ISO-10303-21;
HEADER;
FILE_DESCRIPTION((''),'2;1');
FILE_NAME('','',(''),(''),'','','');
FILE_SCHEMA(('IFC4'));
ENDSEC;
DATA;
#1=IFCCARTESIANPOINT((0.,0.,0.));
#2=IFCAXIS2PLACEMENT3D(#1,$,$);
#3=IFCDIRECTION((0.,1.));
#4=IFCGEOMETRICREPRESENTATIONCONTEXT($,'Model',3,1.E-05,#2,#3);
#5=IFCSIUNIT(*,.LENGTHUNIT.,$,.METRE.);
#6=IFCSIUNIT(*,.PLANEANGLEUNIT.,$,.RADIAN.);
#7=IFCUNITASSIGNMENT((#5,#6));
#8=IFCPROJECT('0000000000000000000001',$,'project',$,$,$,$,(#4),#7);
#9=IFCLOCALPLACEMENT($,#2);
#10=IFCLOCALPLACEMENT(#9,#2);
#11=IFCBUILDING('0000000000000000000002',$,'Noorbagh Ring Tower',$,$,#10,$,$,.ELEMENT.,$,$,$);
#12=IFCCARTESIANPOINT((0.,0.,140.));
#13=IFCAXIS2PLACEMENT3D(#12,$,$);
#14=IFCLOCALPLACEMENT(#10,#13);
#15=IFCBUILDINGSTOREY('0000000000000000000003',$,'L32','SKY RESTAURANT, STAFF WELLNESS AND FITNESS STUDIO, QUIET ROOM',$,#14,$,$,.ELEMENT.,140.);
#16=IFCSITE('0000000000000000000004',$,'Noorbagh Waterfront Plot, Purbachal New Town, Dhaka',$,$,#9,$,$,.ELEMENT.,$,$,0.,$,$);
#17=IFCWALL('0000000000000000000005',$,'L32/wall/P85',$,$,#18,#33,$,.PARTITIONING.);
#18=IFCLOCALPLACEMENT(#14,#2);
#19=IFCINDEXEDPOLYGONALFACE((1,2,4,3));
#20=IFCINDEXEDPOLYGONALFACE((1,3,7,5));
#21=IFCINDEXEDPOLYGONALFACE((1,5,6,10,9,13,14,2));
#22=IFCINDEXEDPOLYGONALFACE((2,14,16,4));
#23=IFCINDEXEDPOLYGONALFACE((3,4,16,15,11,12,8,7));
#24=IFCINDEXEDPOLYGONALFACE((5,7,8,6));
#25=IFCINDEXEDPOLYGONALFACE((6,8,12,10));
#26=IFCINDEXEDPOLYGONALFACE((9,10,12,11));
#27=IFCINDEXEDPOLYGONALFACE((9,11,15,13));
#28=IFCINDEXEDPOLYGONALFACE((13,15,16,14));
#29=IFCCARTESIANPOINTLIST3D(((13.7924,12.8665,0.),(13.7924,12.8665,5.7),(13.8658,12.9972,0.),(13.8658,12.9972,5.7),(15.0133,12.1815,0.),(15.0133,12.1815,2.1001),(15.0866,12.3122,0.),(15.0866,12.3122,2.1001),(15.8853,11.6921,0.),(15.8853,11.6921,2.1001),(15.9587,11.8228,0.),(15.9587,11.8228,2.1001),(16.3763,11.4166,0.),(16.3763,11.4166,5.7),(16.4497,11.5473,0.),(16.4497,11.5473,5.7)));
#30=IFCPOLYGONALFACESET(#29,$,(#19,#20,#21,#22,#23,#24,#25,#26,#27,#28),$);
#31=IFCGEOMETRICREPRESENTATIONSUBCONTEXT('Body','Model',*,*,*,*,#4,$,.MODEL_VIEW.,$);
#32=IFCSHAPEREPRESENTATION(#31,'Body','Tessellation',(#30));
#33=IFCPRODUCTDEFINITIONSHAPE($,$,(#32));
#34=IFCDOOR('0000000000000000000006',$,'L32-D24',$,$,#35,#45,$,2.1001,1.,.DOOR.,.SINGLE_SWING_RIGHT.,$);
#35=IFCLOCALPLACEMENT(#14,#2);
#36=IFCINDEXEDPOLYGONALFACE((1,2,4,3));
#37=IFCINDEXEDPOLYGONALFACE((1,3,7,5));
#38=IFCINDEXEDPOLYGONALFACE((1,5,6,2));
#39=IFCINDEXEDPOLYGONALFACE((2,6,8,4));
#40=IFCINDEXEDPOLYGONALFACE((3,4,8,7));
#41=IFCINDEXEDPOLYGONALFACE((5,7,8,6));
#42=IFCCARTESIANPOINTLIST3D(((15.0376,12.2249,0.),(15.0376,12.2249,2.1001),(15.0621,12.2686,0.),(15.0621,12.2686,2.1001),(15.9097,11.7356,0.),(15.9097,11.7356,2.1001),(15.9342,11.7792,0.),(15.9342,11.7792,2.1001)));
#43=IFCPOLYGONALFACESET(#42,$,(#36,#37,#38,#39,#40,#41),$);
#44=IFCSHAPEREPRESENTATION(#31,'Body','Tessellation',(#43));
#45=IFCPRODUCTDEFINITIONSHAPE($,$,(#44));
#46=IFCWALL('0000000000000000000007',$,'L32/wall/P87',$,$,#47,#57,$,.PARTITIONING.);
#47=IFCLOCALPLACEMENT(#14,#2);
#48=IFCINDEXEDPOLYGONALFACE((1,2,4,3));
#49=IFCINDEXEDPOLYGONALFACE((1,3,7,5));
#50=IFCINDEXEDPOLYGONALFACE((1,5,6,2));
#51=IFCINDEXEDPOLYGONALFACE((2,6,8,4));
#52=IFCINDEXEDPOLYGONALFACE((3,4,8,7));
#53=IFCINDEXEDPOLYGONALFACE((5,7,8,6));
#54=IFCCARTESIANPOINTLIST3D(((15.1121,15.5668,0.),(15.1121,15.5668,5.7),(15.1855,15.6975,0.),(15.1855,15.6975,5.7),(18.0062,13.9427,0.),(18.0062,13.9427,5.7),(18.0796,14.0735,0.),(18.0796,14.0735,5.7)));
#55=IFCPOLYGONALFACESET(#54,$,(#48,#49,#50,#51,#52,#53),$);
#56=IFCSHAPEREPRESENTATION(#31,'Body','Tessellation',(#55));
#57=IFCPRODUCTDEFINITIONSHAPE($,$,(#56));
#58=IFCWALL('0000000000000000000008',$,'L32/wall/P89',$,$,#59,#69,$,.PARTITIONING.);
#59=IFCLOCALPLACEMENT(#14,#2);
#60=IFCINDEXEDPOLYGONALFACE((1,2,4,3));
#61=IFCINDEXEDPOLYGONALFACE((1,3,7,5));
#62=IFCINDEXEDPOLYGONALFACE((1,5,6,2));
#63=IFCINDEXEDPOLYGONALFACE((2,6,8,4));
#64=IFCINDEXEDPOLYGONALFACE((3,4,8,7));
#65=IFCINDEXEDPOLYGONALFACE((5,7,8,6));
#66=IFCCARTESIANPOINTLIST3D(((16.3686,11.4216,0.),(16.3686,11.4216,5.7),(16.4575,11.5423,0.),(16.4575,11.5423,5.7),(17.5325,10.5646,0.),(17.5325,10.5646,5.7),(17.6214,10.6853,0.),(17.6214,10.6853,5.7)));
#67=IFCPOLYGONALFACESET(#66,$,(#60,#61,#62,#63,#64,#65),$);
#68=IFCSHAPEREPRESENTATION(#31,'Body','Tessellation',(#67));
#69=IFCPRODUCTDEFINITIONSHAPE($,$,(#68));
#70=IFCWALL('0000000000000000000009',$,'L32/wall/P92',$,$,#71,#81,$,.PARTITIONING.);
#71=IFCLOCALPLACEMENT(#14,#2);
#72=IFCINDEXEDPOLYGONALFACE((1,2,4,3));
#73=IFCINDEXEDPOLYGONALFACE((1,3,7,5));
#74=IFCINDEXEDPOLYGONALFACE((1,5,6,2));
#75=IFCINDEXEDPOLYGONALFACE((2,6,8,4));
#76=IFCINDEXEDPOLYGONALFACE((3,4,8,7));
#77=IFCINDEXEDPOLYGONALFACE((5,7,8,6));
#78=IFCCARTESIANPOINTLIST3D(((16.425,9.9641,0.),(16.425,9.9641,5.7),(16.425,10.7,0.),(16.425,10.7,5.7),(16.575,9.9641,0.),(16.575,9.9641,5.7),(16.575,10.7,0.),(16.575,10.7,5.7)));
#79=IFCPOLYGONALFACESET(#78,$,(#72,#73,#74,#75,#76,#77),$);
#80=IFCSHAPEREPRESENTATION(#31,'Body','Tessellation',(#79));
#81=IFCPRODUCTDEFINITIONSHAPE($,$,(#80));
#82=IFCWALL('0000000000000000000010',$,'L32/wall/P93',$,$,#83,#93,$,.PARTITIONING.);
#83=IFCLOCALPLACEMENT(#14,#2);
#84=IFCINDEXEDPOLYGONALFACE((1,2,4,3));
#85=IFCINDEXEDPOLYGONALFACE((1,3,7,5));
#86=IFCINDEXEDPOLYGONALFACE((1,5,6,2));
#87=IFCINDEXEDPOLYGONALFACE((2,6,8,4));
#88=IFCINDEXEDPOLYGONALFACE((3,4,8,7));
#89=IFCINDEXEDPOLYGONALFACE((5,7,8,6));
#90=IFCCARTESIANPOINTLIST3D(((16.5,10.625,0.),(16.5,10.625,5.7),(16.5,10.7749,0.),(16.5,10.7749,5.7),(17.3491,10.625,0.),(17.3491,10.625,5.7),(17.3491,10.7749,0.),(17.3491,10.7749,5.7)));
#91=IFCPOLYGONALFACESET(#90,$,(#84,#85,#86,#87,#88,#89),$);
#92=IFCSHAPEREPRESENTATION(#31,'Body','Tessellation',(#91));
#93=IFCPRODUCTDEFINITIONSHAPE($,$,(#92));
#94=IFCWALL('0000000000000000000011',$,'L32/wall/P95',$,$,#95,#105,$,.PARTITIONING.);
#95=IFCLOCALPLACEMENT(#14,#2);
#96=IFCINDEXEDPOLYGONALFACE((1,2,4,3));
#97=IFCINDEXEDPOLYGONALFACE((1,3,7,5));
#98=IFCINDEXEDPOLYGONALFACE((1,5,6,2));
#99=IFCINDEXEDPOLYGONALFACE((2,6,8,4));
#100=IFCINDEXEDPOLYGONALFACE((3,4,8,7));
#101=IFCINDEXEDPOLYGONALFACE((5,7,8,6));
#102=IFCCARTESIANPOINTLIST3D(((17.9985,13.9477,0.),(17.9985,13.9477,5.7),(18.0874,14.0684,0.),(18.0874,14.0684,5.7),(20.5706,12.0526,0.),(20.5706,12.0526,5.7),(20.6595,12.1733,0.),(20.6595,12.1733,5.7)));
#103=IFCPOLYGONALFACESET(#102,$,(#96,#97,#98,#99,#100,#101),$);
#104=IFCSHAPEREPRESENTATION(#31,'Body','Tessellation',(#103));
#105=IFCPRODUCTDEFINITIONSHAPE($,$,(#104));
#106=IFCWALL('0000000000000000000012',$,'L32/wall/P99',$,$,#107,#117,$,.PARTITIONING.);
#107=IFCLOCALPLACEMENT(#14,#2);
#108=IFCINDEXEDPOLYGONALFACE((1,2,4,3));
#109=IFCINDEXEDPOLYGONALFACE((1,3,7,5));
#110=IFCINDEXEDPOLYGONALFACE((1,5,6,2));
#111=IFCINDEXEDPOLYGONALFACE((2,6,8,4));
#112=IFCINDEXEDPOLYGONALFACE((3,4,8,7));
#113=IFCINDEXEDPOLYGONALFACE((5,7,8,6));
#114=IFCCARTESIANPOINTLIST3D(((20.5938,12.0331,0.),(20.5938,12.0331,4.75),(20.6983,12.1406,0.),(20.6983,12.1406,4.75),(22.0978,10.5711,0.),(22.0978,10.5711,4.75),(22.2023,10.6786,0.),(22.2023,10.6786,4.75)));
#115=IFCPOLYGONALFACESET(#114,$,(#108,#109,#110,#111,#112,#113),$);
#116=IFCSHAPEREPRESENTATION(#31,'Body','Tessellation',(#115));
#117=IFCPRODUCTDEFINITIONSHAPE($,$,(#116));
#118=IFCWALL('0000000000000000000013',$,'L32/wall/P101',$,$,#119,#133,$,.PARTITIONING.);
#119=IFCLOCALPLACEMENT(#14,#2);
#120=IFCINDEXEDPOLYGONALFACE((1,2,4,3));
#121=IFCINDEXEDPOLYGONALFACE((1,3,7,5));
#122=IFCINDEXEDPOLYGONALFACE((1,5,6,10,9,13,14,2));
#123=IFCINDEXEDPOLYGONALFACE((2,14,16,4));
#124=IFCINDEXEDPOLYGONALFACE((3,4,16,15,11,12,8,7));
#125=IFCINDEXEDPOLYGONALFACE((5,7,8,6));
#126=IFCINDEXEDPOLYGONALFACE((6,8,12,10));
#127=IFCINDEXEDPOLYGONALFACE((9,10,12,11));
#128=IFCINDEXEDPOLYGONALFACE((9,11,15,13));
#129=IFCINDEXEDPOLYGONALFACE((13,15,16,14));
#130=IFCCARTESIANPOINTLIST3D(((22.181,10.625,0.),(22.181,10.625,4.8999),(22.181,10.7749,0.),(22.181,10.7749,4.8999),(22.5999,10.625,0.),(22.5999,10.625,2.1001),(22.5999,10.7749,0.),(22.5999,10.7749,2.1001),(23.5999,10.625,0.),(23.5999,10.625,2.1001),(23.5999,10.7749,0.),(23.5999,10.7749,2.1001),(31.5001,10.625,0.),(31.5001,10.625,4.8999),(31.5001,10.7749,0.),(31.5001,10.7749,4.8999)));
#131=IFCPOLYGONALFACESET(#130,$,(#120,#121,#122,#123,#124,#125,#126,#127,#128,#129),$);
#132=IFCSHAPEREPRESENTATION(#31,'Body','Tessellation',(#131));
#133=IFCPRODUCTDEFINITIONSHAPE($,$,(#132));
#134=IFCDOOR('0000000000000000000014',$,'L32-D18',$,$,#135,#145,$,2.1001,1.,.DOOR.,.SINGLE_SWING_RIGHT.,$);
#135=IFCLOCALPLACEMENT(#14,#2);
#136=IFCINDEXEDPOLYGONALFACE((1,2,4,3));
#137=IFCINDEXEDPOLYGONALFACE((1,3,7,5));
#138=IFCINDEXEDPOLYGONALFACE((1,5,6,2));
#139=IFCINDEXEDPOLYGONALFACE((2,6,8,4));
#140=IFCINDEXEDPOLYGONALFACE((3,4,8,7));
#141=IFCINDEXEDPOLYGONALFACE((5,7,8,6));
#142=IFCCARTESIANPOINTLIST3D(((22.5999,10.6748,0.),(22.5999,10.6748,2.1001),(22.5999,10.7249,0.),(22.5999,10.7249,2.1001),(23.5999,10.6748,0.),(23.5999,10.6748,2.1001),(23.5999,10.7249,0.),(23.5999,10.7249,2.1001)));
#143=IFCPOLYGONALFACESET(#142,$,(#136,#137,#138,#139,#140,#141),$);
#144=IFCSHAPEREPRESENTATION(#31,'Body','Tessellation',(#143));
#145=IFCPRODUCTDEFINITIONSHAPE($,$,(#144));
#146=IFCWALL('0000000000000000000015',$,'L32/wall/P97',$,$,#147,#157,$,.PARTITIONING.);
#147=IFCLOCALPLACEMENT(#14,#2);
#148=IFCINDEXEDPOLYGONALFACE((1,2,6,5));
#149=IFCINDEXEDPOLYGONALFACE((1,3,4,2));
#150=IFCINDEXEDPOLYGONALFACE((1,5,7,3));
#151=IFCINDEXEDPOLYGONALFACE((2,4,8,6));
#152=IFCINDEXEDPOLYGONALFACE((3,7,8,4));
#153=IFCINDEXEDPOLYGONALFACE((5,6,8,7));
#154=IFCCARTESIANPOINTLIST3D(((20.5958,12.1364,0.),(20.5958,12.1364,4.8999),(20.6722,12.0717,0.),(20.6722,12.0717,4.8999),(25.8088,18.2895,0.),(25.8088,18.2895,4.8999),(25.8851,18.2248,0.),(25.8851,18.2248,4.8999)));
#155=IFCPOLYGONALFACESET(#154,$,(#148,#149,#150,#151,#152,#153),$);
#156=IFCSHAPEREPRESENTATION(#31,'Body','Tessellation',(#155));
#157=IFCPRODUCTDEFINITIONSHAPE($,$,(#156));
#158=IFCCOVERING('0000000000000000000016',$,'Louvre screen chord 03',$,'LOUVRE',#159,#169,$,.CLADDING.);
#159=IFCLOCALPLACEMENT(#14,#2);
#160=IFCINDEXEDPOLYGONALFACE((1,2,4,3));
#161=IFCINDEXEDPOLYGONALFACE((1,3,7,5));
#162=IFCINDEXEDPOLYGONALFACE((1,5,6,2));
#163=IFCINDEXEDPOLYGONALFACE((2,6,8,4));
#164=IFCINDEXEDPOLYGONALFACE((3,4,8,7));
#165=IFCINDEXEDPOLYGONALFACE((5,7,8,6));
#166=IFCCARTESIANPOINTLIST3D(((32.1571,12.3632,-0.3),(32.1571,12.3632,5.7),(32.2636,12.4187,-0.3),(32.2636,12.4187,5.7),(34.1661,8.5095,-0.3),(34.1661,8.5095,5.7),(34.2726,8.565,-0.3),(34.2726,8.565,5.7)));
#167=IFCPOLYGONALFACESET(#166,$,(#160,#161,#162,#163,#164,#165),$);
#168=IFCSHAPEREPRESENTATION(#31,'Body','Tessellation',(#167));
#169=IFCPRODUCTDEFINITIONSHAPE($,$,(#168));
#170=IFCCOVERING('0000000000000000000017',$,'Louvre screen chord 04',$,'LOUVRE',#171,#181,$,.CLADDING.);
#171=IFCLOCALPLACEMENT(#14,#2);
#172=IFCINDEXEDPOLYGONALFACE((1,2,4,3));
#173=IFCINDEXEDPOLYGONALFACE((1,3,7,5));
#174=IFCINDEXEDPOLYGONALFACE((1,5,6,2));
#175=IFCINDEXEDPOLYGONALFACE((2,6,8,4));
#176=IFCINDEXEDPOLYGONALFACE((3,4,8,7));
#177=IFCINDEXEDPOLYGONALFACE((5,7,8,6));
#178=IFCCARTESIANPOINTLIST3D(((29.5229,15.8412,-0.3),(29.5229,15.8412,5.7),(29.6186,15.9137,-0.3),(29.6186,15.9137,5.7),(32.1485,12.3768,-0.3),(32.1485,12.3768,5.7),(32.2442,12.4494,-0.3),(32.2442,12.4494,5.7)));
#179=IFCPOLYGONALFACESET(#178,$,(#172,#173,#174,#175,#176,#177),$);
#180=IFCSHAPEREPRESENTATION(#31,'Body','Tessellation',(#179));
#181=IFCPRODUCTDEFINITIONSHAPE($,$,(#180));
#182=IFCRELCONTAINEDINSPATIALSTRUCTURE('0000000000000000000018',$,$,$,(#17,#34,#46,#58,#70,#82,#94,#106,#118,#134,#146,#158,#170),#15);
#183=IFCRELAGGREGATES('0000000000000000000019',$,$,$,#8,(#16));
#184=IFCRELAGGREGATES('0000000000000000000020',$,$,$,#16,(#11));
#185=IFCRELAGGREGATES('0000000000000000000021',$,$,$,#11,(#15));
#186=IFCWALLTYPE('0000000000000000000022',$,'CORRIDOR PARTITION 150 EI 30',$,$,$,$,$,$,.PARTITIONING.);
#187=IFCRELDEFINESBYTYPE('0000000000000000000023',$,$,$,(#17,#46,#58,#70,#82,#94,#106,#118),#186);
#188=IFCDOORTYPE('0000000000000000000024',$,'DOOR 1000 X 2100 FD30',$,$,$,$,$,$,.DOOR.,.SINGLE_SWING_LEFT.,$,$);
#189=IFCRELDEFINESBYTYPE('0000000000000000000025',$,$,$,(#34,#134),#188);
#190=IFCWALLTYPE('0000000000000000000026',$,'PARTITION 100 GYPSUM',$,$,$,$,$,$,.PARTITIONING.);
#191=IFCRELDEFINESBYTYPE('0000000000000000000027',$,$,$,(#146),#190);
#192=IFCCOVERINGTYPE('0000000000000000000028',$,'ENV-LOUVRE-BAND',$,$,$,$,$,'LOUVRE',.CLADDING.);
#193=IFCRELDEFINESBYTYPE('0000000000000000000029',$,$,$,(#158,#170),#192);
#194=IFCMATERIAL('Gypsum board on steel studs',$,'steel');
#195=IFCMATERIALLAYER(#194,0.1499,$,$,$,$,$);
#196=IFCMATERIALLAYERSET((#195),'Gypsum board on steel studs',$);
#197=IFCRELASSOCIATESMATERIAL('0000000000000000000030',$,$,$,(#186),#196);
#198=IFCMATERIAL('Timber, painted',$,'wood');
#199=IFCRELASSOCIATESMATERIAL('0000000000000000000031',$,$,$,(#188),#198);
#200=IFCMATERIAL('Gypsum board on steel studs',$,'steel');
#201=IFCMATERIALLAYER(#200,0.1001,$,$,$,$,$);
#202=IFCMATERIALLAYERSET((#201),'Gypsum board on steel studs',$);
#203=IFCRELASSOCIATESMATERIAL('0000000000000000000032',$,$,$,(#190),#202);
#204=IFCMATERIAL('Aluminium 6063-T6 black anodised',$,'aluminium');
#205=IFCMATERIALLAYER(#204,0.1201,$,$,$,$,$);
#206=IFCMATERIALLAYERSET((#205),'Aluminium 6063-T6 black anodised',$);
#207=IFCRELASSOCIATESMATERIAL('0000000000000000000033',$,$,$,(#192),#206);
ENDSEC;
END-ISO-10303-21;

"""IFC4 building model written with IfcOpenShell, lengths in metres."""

from ifc_helpers import new_model, si_unit, direction, frame, frame_2d, origin, origin_2d, place, context, subcontext, project, spatial, rectangle, extrude, material, layer, layer_set, type_object, element, fill, save


model = new_model("IFC4")

# Units and contexts
model_context = context("Model", 3, precision=1e-05, world=origin(), true_north=direction((0.0, 1.0)))
body_context = subcontext(model_context, "Body", "Model", "MODEL_VIEW")
ifc_project = project(units=[si_unit("LENGTHUNIT", "METRE"), si_unit("PLANEANGLEUNIT", "RADIAN")], contexts=[model_context])

# Site, building, storey
site_placement = place(None, origin())
site = spatial("IfcSite", under=ifc_project, at=site_placement, Name="Noorbagh Waterfront Plot, Purbachal New Town, Dhaka", CompositionType="ELEMENT", RefElevation=0.0)
building_placement = place(site_placement, origin())
building = spatial("IfcBuilding", under=site, at=building_placement, Name="Noorbagh Ring Tower", CompositionType="ELEMENT")
storey_placement = place(building_placement, frame((0.0, 0.0, 140.0)))
storey = spatial("IfcBuildingStorey", under=building, at=storey_placement, Name="L32", Description="SKY RESTAURANT, STAFF WELLNESS AND FITNESS STUDIO, QUIET ROOM", CompositionType="ELEMENT", Elevation=140.0)

# Shared definitions
ifc_material_1 = material(Name="Gypsum board on steel studs", Category="steel")
ifc_layer_1 = layer(ifc_material_1, 0.1499)
ifc_layer_set_1 = layer_set([ifc_layer_1], Name="Gypsum board on steel studs")
wall_type_1 = type_object("IfcWallType", Name="CORRIDOR PARTITION 150 EI 30", PredefinedType="PARTITIONING", material=ifc_layer_set_1)

# Wall, opening, door
wall_1_placement = place(storey_placement, frame((13.8291, 12.9319, 0.0), z_axis=(0.0, 0.0, 1.0), x_axis=(0.872086, -0.489353, 0.0)))
wall_1 = element("IfcWall", 1, at=wall_1_placement, inside=storey, type_object=wall_type_1, Name="L32/wall/P85", PredefinedType="PARTITIONING", context=body_context, shape_type="SweptSolid", body=[
    extrude(rectangle(XDim=2.9629, YDim=0.1499, at=frame_2d((1.4814, 0.0))), origin(), (0.0, 0.0, 1.0), 5.7),
])
opening_1_placement = place(wall_1_placement, frame((1.3999, 0.0, 0.0)))
opening_1 = element("IfcOpeningElement", 2, at=opening_1_placement, cuts=wall_1, PredefinedType="OPENING", context=body_context, shape_type="SweptSolid", body=[
    extrude(rectangle(XDim=1.0, YDim=2.1001, at=frame_2d((0.5, 1.05))), frame((0.0, 0.085, 0.0), z_axis=(0.0, -1.0, 0.0), x_axis=(1.0, 0.0, 0.0)), (0.0, 0.0, 1.0), 0.1699),
])
ifc_material_2 = material(Name="Timber, painted", Category="wood")
door_type = type_object("IfcDoorType", Name="DOOR 1000 X 2100 FD30", OperationType="SINGLE_SWING_LEFT", PredefinedType="DOOR", material=ifc_material_2)
door_1_placement = place(opening_1_placement, origin())
door_1 = element("IfcDoor", 3, at=door_1_placement, inside=storey, type_object=door_type, Name="L32-D24", OperationType="SINGLE_SWING_RIGHT", OverallHeight=2.1001, OverallWidth=1.0, PredefinedType="DOOR", context=body_context, shape_type="SweptSolid", body=[
    extrude(rectangle(XDim=1.0, YDim=2.1001, at=frame_2d((0.5, 1.05))), frame((0.0, 0.0249, 0.0), z_axis=(0.0, -1.0, 0.0), x_axis=(1.0, 0.0, 0.0)), (0.0, 0.0, 1.0), 0.05),
])
fill(opening_1, door_1)

# Walls
wall_2_placement = place(storey_placement, frame((15.1489, 15.6321, 0.0), z_axis=(0.0, 0.0, 1.0), x_axis=(0.872074, -0.489374, 0.0)))
element("IfcWall", 4, at=wall_2_placement, inside=storey, type_object=wall_type_1, Name="L32/wall/P87", PredefinedType="PARTITIONING", context=body_context, shape_type="SweptSolid", body=[
    extrude(rectangle(XDim=3.3186, YDim=0.1499, at=frame_2d((1.6592, 0.0))), origin(), (0.0, 0.0, 1.0), 5.7),
])
wall_3_placement = place(storey_placement, frame((16.4131, 11.4819, 0.0), z_axis=(0.0, 0.0, 1.0), x_axis=(0.80526, -0.592922, 0.0)))
element("IfcWall", 5, at=wall_3_placement, inside=storey, type_object=wall_type_1, Name="L32/wall/P89", PredefinedType="PARTITIONING", context=body_context, shape_type="SweptSolid", body=[
    extrude(rectangle(XDim=1.4453, YDim=0.1499, at=frame_2d((0.7227, 0.0))), origin(), (0.0, 0.0, 1.0), 5.7),
])
wall_4_placement = place(storey_placement, frame((16.5, 9.9641, 0.0), z_axis=(0.0, 0.0, 1.0), x_axis=(0.0, 1.0, 0.0)))
element("IfcWall", 6, at=wall_4_placement, inside=storey, type_object=wall_type_1, Name="L32/wall/P92", PredefinedType="PARTITIONING", context=body_context, shape_type="SweptSolid", body=[
    extrude(rectangle(XDim=0.7358, YDim=0.1499, at=frame_2d((0.3679, 0.0))), origin(), (0.0, 0.0, 1.0), 5.7),
])
wall_5_placement = place(storey_placement, frame((16.5, 10.7, 0.0), z_axis=(0.0, 0.0, 1.0), x_axis=(1.0, 0.0, 0.0)))
element("IfcWall", 7, at=wall_5_placement, inside=storey, type_object=wall_type_1, Name="L32/wall/P93", PredefinedType="PARTITIONING", context=body_context, shape_type="SweptSolid", body=[
    extrude(rectangle(XDim=0.8491, YDim=0.1499, at=frame_2d((0.4246, 0.0))), origin(), (0.0, 0.0, 1.0), 5.7),
])
wall_6_placement = place(storey_placement, frame((18.043, 14.0081, 0.0), z_axis=(0.0, 0.0, 1.0), x_axis=(0.805079, -0.593168, 0.0)))
element("IfcWall", 8, at=wall_6_placement, inside=storey, type_object=wall_type_1, Name="L32/wall/P95", PredefinedType="PARTITIONING", context=body_context, shape_type="SweptSolid", body=[
    extrude(rectangle(XDim=3.1948, YDim=0.1499, at=frame_2d((1.5974, 0.0))), origin(), (0.0, 0.0, 1.0), 5.7),
])
wall_7_placement = place(storey_placement, frame((20.646, 12.0869, 0.0), z_axis=(0.0, 0.0, 1.0), x_axis=(0.717047, -0.697025, 0.0)))
element("IfcWall", 9, at=wall_7_placement, inside=storey, type_object=wall_type_1, Name="L32/wall/P99", PredefinedType="PARTITIONING", context=body_context, shape_type="SweptSolid", body=[
    extrude(rectangle(XDim=2.0974, YDim=0.1499, at=frame_2d((1.0488, 0.0))), origin(), (0.0, 0.0, 1.0), 4.75),
])

# Wall, opening, door
wall_8_placement = place(storey_placement, frame((22.1809, 10.7, 0.0), z_axis=(0.0, 0.0, 1.0), x_axis=(1.0, 0.0, 0.0)))
wall_8 = element("IfcWall", 10, at=wall_8_placement, inside=storey, type_object=wall_type_1, Name="L32/wall/P101", PredefinedType="PARTITIONING", context=body_context, shape_type="SweptSolid", body=[
    extrude(rectangle(XDim=9.3191, YDim=0.1499, at=frame_2d((4.6597, 0.0))), origin(), (0.0, 0.0, 1.0), 4.8999),
])
opening_2_placement = place(wall_8_placement, frame((0.4189, 0.0, 0.0)))
opening_2 = element("IfcOpeningElement", 11, at=opening_2_placement, cuts=wall_8, PredefinedType="OPENING", context=body_context, shape_type="SweptSolid", body=[
    extrude(rectangle(XDim=1.0, YDim=2.1001, at=frame_2d((0.5, 1.05))), frame((0.0, 0.085, 0.0), z_axis=(0.0, -1.0, 0.0), x_axis=(1.0, 0.0, 0.0)), (0.0, 0.0, 1.0), 0.1699),
])
door_2_placement = place(opening_2_placement, origin())
door_2 = element("IfcDoor", 12, at=door_2_placement, inside=storey, type_object=door_type, Name="L32-D18", OperationType="SINGLE_SWING_RIGHT", OverallHeight=2.1001, OverallWidth=1.0, PredefinedType="DOOR", context=body_context, shape_type="SweptSolid", body=[
    extrude(rectangle(XDim=1.0, YDim=2.1001, at=frame_2d((0.5, 1.05))), frame((0.0, 0.0249, 0.0), z_axis=(0.0, -1.0, 0.0), x_axis=(1.0, 0.0, 0.0)), (0.0, 0.0, 1.0), 0.05),
])
fill(opening_2, door_2)

# Wall
ifc_material_3 = material(Name="Gypsum board on steel studs", Category="steel")
ifc_layer_2 = layer(ifc_material_3, 0.1001)
ifc_layer_set_2 = layer_set([ifc_layer_2], Name="Gypsum board on steel studs")
wall_type_2 = type_object("IfcWallType", Name="PARTITION 100 GYPSUM", PredefinedType="PARTITIONING", material=ifc_layer_set_2)
wall_9_placement = place(storey_placement, frame((20.634, 12.104, 0.0), z_axis=(0.0, 0.0, 1.0), x_axis=(0.646408, 0.762992, 0.0)))
element("IfcWall", 13, at=wall_9_placement, inside=storey, type_object=wall_type_2, Name="L32/wall/P97", PredefinedType="PARTITIONING", context=body_context, shape_type="SweptSolid", body=[
    extrude(rectangle(XDim=8.0645, YDim=0.1001, at=frame_2d((4.0322, 0.0))), origin(), (0.0, 0.0, 1.0), 4.8999),
])

# Coverings
ifc_material_4 = material(Name="Aluminium 6063-T6 black anodised", Category="aluminium")
ifc_layer_3 = layer(ifc_material_4, 0.1201)
ifc_layer_set_3 = layer_set([ifc_layer_3], Name="Aluminium 6063-T6 black anodised")
covering_type_1 = type_object("IfcCoveringType", Name="ENV-LOUVRE-BAND", ElementType="LOUVRE", PredefinedType="CLADDING", material=ifc_layer_set_3)
covering_1_placement = place(storey_placement, frame((33.2148, 10.4641, -0.3), z_axis=(0.0, 0.0, 1.0), x_axis=(-0.462278, 0.886735, 0.0)))
element("IfcCovering", 14, at=covering_1_placement, inside=storey, type_object=covering_type_1, Name="Louvre screen chord 03", ObjectType="LOUVRE", PredefinedType="CLADDING", context=body_context, shape_type="SweptSolid", body=[
    extrude(rectangle(XDim=4.3459, YDim=0.1201, at=origin_2d()), origin(), (0.0, 0.0, 1.0), 6.0),
])
covering_2_placement = place(storey_placement, frame((30.8835, 14.1453, -0.3), z_axis=(0.0, 0.0, 1.0), x_axis=(-0.60402, 0.796969, 0.0)))
element("IfcCovering", 15, at=covering_2_placement, inside=storey, type_object=covering_type_1, Name="Louvre screen chord 04", ObjectType="LOUVRE", PredefinedType="CLADDING", context=body_context, shape_type="SweptSolid", body=[
    extrude(rectangle(XDim=4.3469, YDim=0.1201, at=origin_2d()), origin(), (0.0, 0.0, 1.0), 6.0),
])

save(model, "model.ifc")
